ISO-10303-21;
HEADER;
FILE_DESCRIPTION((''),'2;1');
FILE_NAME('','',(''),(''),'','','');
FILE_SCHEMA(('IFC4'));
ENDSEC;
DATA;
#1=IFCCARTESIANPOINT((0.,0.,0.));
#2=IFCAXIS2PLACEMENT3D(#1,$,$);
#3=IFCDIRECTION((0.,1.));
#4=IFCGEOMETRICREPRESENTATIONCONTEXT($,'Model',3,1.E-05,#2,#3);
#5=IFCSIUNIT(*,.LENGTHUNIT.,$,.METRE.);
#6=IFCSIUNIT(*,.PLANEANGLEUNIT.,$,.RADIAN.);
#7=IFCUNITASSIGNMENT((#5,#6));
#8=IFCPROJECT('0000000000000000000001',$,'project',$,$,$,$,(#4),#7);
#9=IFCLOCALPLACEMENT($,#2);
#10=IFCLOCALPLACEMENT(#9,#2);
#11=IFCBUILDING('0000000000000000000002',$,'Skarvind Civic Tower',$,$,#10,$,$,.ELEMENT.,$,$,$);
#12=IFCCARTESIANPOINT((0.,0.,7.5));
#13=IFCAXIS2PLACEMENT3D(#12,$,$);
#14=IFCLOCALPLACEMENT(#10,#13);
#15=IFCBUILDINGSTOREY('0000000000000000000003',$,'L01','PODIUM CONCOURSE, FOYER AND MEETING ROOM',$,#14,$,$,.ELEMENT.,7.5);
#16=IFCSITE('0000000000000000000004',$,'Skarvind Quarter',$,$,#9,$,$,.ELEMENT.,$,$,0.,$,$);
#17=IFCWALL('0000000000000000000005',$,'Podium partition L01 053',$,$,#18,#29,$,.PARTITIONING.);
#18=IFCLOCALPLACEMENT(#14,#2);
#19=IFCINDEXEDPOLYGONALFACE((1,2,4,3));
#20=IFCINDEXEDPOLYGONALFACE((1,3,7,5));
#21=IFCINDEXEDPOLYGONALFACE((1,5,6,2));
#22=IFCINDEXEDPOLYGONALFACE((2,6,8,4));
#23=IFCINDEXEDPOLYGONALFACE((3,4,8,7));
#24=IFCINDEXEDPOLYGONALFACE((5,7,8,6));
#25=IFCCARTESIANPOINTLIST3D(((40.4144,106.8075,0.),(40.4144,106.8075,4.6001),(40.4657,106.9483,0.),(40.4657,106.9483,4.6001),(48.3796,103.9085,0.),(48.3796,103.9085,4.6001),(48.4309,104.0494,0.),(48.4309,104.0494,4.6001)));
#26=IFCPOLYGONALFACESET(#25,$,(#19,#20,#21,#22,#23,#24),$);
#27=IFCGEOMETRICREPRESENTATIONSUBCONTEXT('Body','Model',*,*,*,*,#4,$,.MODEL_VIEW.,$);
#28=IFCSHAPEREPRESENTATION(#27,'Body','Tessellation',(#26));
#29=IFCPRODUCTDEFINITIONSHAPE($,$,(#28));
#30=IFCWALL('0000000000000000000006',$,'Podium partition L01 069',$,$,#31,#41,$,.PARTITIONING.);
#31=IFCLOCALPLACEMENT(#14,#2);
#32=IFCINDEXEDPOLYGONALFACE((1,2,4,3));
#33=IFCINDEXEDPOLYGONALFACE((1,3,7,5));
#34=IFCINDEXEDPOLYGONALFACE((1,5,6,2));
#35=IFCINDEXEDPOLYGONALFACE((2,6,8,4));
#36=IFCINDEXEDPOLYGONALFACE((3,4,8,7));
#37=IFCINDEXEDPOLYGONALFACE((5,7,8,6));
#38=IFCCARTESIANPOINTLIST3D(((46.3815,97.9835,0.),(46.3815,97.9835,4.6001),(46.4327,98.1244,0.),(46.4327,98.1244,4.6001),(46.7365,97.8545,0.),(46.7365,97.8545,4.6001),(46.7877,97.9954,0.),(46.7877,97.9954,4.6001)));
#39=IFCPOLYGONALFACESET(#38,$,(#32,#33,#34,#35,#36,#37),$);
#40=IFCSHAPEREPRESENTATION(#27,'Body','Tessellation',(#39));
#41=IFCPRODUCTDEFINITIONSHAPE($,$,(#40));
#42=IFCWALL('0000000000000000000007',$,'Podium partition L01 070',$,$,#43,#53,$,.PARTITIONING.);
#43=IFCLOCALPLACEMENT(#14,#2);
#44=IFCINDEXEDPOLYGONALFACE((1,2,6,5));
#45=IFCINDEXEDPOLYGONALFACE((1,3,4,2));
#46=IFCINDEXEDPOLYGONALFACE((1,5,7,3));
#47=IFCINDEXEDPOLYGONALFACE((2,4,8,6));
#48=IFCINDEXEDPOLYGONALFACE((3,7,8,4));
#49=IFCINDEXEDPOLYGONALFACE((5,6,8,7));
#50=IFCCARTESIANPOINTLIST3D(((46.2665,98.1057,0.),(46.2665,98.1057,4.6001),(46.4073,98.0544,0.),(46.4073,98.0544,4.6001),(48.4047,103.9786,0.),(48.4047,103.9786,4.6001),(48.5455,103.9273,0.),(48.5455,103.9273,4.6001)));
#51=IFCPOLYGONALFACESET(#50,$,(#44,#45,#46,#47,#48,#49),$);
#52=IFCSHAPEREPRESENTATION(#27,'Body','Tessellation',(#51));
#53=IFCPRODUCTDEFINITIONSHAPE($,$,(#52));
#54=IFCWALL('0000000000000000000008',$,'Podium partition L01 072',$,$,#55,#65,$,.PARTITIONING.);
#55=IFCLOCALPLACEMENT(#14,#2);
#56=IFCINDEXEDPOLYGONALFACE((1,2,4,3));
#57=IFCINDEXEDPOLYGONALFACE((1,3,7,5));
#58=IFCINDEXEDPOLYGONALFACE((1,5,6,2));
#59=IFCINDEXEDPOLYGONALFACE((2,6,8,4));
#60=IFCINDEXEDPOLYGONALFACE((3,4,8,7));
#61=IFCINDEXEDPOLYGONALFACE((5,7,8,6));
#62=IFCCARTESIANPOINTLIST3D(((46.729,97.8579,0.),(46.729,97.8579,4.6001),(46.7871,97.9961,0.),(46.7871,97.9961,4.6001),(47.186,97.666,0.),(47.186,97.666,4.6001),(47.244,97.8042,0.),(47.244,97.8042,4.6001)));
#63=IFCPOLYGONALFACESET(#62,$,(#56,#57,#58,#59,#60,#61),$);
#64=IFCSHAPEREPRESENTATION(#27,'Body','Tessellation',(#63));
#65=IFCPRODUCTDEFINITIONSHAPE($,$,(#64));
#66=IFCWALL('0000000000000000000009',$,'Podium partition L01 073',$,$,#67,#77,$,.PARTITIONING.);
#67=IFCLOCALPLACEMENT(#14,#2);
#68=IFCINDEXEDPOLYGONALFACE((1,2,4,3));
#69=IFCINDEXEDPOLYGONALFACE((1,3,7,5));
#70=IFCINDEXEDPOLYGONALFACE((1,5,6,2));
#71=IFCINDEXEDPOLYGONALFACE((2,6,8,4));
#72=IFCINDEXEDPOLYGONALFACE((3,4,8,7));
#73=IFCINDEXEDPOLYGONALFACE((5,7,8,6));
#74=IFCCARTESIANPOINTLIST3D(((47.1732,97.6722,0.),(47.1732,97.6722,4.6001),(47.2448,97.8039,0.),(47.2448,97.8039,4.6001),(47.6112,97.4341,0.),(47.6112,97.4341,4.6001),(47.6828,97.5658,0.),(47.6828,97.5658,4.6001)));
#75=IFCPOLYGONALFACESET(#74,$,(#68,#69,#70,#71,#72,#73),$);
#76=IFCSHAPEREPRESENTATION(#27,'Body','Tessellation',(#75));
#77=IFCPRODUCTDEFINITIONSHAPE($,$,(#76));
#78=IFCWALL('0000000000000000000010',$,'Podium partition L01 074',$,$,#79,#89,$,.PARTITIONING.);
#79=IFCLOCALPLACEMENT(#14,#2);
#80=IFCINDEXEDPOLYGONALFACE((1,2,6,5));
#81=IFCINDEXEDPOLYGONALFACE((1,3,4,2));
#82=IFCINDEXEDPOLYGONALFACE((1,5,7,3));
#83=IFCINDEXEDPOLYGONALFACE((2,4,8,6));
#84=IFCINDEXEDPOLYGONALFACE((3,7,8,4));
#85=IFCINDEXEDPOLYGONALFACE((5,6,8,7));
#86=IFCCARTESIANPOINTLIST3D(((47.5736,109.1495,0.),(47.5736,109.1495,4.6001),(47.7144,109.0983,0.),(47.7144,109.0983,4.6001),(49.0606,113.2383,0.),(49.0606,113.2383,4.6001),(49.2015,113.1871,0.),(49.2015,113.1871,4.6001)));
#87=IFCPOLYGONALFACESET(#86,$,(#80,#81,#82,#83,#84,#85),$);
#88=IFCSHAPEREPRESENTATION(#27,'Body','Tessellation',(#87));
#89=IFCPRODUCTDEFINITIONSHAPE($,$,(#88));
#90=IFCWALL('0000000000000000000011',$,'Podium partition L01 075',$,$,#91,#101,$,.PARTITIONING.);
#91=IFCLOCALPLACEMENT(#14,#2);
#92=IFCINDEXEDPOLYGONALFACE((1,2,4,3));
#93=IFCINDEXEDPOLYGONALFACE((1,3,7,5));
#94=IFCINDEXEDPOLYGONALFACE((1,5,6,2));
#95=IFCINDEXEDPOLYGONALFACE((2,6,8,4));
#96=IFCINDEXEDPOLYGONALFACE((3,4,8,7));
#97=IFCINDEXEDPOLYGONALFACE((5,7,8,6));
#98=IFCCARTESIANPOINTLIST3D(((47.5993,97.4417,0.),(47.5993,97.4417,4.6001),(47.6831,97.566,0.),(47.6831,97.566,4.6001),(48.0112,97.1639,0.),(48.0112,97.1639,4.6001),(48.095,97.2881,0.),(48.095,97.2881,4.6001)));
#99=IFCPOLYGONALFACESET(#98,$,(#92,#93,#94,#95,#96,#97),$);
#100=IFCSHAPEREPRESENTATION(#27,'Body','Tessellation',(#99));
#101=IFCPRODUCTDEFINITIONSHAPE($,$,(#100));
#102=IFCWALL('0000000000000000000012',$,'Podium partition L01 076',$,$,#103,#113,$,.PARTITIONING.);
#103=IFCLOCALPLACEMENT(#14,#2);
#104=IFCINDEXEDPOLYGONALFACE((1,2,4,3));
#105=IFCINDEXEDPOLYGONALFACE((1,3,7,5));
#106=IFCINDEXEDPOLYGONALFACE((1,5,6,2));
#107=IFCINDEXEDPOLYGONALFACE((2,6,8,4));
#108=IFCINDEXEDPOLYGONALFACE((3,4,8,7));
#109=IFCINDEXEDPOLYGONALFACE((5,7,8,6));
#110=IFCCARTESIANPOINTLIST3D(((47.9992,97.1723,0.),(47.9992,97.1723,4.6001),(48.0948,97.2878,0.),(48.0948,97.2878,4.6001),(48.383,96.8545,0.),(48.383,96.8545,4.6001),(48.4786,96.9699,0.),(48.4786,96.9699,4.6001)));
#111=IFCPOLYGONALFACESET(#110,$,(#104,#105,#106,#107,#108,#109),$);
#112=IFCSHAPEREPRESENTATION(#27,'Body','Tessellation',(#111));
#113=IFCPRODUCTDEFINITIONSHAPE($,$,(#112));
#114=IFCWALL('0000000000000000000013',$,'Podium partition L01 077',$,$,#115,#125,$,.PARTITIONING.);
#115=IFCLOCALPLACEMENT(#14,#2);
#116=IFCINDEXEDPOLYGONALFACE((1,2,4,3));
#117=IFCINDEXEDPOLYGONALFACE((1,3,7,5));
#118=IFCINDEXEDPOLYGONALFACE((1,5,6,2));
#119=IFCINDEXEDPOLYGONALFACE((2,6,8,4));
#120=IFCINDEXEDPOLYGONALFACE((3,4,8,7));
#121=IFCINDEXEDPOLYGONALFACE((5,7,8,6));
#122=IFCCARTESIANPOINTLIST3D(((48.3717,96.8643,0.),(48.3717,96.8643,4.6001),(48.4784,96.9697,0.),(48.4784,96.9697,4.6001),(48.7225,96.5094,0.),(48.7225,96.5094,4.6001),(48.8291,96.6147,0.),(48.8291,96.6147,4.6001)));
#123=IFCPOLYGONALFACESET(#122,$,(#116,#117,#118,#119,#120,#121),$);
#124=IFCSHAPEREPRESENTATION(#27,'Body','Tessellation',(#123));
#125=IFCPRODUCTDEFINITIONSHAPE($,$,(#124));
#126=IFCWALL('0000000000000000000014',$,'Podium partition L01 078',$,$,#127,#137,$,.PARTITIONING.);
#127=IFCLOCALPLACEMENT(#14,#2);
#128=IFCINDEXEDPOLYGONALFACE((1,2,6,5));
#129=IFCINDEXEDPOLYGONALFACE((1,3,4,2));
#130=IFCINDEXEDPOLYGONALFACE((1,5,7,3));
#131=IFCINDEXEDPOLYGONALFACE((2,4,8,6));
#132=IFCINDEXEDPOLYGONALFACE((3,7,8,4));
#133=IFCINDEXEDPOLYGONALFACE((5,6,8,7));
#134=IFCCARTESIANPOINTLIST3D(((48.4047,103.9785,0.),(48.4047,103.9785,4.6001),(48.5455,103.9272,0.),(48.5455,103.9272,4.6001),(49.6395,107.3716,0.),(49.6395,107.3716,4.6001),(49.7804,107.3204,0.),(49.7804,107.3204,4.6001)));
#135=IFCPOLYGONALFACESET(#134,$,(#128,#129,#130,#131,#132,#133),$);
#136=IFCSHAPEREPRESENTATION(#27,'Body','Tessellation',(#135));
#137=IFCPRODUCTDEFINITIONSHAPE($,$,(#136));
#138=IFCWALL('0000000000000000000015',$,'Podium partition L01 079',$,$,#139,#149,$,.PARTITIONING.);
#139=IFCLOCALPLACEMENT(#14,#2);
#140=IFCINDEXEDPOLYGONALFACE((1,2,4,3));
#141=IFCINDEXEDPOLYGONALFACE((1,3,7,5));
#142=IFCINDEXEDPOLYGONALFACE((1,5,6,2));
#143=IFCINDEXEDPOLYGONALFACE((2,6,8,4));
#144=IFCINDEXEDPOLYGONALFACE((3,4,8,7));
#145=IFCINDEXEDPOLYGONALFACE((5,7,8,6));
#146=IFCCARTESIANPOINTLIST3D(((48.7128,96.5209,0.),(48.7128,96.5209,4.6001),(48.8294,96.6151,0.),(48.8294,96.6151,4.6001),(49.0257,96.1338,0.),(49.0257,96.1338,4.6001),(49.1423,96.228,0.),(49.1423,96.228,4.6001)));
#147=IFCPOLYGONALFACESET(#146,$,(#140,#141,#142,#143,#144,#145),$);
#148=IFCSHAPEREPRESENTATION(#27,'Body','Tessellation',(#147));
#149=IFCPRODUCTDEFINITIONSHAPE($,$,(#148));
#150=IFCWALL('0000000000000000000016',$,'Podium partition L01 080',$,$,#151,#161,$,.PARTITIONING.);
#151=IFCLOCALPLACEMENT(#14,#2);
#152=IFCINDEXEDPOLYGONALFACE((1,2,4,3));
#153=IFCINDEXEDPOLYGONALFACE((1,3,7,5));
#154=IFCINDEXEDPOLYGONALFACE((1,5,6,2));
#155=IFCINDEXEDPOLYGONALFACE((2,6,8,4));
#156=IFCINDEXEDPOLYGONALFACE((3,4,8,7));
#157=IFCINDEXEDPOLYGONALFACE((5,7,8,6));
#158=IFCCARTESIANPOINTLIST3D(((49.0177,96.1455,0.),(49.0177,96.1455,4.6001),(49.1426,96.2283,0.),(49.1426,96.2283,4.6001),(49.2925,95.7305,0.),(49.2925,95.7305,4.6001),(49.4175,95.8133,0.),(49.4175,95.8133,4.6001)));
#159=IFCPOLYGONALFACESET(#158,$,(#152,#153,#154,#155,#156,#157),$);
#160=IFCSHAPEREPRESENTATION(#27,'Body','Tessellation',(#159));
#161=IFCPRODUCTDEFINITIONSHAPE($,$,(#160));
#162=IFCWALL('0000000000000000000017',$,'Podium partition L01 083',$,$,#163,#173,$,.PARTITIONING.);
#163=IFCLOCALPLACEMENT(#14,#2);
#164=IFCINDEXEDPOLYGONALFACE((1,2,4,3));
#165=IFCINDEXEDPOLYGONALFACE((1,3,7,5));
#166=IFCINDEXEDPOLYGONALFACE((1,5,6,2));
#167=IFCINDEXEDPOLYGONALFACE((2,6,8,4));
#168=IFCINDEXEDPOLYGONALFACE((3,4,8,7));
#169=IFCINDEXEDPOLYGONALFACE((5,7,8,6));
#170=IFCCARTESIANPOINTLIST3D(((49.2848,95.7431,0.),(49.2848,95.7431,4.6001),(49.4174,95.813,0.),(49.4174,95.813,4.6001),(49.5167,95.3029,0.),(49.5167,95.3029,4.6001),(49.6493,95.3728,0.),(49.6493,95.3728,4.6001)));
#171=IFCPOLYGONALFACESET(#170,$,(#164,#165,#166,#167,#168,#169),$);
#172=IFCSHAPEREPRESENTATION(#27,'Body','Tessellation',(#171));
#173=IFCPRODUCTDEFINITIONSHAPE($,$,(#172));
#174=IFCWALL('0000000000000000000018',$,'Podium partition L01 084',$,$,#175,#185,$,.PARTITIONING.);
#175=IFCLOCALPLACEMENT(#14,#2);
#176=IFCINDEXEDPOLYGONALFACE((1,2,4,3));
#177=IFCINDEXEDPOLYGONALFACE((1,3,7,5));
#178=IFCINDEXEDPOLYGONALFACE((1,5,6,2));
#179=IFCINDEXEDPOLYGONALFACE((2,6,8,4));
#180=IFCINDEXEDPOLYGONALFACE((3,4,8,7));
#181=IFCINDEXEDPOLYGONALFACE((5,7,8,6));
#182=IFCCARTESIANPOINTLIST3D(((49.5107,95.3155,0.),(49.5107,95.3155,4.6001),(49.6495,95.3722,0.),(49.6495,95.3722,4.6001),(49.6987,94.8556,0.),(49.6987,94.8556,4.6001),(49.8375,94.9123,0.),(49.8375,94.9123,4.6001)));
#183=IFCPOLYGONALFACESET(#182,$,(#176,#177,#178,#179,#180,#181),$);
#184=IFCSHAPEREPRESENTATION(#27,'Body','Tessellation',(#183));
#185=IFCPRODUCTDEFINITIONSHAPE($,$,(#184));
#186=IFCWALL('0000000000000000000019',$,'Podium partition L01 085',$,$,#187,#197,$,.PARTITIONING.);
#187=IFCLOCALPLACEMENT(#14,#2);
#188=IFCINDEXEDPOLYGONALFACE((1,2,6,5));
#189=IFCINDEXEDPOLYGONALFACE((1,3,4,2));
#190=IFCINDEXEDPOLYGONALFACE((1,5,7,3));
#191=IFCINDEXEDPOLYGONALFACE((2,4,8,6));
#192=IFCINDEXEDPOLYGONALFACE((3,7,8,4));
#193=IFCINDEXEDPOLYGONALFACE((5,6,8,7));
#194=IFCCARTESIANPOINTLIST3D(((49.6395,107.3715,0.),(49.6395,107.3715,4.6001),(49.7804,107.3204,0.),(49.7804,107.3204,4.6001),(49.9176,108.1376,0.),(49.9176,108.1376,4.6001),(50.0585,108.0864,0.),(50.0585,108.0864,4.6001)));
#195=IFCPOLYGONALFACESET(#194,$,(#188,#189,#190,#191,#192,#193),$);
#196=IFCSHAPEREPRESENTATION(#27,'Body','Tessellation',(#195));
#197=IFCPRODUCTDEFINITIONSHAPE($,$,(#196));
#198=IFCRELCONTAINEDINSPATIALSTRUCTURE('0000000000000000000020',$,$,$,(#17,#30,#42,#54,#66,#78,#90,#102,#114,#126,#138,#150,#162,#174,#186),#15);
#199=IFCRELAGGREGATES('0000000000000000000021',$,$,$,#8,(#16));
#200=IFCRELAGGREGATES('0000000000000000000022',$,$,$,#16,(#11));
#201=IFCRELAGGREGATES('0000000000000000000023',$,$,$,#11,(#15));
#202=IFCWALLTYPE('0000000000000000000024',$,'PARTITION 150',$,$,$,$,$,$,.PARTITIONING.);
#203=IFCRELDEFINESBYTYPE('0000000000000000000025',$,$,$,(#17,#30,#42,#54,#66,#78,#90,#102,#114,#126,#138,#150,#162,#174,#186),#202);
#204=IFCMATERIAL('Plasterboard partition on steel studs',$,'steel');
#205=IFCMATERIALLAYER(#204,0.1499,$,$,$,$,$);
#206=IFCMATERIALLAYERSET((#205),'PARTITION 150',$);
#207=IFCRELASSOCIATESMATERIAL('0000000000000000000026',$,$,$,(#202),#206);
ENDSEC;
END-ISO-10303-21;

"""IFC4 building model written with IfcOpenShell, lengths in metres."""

from ifc_helpers import new_model, si_unit, direction, frame, frame_2d, origin, place, context, subcontext, project, spatial, rectangle, extrude, material, layer, layer_set, type_object, element, save


model = new_model("IFC4")

# Units and contexts
model_context = context("Model", 3, precision=1e-05, world=origin(), true_north=direction((0.0, 1.0)))
body_context = subcontext(model_context, "Body", "Model", "MODEL_VIEW")
ifc_project = project(units=[si_unit("LENGTHUNIT", "METRE"), si_unit("PLANEANGLEUNIT", "RADIAN")], contexts=[model_context])

# Site, building, storey
site_placement = place(None, origin())
site = spatial("IfcSite", under=ifc_project, at=site_placement, Name="Skarvind Quarter", CompositionType="ELEMENT", RefElevation=0.0)
building_placement = place(site_placement, origin())
building = spatial("IfcBuilding", under=site, at=building_placement, Name="Skarvind Civic Tower", CompositionType="ELEMENT")
storey_placement = place(building_placement, frame((0.0, 0.0, 7.5)))
storey = spatial("IfcBuildingStorey", under=building, at=storey_placement, Name="L01", Description="PODIUM CONCOURSE, FOYER AND MEETING ROOM", CompositionType="ELEMENT", Elevation=7.5)

# Walls
ifc_material_1 = material(Name="Plasterboard partition on steel studs", Category="steel")
ifc_layer_1 = layer(ifc_material_1, 0.1499)
ifc_layer_set_1 = layer_set([ifc_layer_1], Name="PARTITION 150")
wall_type_1 = type_object("IfcWallType", Name="PARTITION 150", PredefinedType="PARTITIONING", material=ifc_layer_set_1)
wall_1_placement = place(storey_placement, frame((40.4399, 106.8779, 0.0), z_axis=(0.0, 0.0, 1.0), x_axis=(0.939698, -0.342007, 0.0)))
element("IfcWall", 1, at=wall_1_placement, inside=storey, type_object=wall_type_1, Name="Podium partition L01 053", PredefinedType="PARTITIONING", context=body_context, shape_type="SweptSolid", body=[
    extrude(rectangle(XDim=8.4763, YDim=0.1499, at=frame_2d((4.2383, 0.0))), origin(), (0.0, 0.0, 1.0), 4.6001),
])
wall_2_placement = place(storey_placement, frame((46.407, 98.054, 0.0), z_axis=(0.0, 0.0, 1.0), x_axis=(0.939944, -0.341328, 0.0)))
element("IfcWall", 2, at=wall_2_placement, inside=storey, type_object=wall_type_1, Name="Podium partition L01 069", PredefinedType="PARTITIONING", context=body_context, shape_type="SweptSolid", body=[
    extrude(rectangle(XDim=0.3777, YDim=0.1499, at=frame_2d((0.189, 0.0))), origin(), (0.0, 0.0, 1.0), 4.6001),
])
wall_3_placement = place(storey_placement, frame((46.3369, 98.0801, 0.0), z_axis=(0.0, 0.0, 1.0), x_axis=(0.342113, 0.939659, 0.0)))
element("IfcWall", 3, at=wall_3_placement, inside=storey, type_object=wall_type_1, Name="Podium partition L01 070", PredefinedType="PARTITIONING", context=body_context, shape_type="SweptSolid", body=[
    extrude(rectangle(XDim=6.25, YDim=0.1499, at=frame_2d((3.125, 0.0))), origin(), (0.0, 0.0, 1.0), 4.6001),
])
wall_4_placement = place(storey_placement, frame((46.7581, 97.927, 0.0), z_axis=(0.0, 0.0, 1.0), x_axis=(0.922024, -0.387132, 0.0)))
element("IfcWall", 4, at=wall_4_placement, inside=storey, type_object=wall_type_1, Name="Podium partition L01 072", PredefinedType="PARTITIONING", context=body_context, shape_type="SweptSolid", body=[
    extrude(rectangle(XDim=0.4956, YDim=0.1499, at=frame_2d((0.2478, 0.0))), origin(), (0.0, 0.0, 1.0), 4.6001),
])
wall_5_placement = place(storey_placement, frame((47.209, 97.738, 0.0), z_axis=(0.0, 0.0, 1.0), x_axis=(0.878625, -0.477513, 0.0)))
element("IfcWall", 5, at=wall_5_placement, inside=storey, type_object=wall_type_1, Name="Podium partition L01 073", PredefinedType="PARTITIONING", context=body_context, shape_type="SweptSolid", body=[
    extrude(rectangle(XDim=0.4985, YDim=0.1499, at=frame_2d((0.2493, 0.0))), origin(), (0.0, 0.0, 1.0), 4.6001),
])
wall_6_placement = place(storey_placement, frame((47.644, 109.124, 0.0), z_axis=(0.0, 0.0, 1.0), x_axis=(0.341784, 0.939779, 0.0)))
element("IfcWall", 6, at=wall_6_placement, inside=storey, type_object=wall_type_1, Name="Podium partition L01 074", PredefinedType="PARTITIONING", context=body_context, shape_type="SweptSolid", body=[
    extrude(rectangle(XDim=4.3508, YDim=0.1499, at=frame_2d((2.1753, 0.0))), origin(), (0.0, 0.0, 1.0), 4.6001),
])
wall_7_placement = place(storey_placement, frame((47.6411, 97.5039, 0.0), z_axis=(0.0, 0.0, 1.0), x_axis=(0.829014, -0.559228, 0.0)))
element("IfcWall", 7, at=wall_7_placement, inside=storey, type_object=wall_type_1, Name="Podium partition L01 075", PredefinedType="PARTITIONING", context=body_context, shape_type="SweptSolid", body=[
    extrude(rectangle(XDim=0.4968, YDim=0.1499, at=frame_2d((0.2485, 0.0))), origin(), (0.0, 0.0, 1.0), 4.6001),
])
wall_8_placement = place(storey_placement, frame((48.0471, 97.23, 0.0), z_axis=(0.0, 0.0, 1.0), x_axis=(0.770145, -0.637868, 0.0)))
element("IfcWall", 8, at=wall_8_placement, inside=storey, type_object=wall_type_1, Name="Podium partition L01 076", PredefinedType="PARTITIONING", context=body_context, shape_type="SweptSolid", body=[
    extrude(rectangle(XDim=0.4983, YDim=0.1499, at=frame_2d((0.249, 0.0))), origin(), (0.0, 0.0, 1.0), 4.6001),
])
wall_9_placement = place(storey_placement, frame((48.425, 96.917, 0.0), z_axis=(0.0, 0.0, 1.0), x_axis=(0.702937, -0.711252, 0.0)))
element("IfcWall", 9, at=wall_9_placement, inside=storey, type_object=wall_type_1, Name="Podium partition L01 077", PredefinedType="PARTITIONING", context=body_context, shape_type="SweptSolid", body=[
    extrude(rectangle(XDim=0.499, YDim=0.1499, at=frame_2d((0.2495, 0.0))), origin(), (0.0, 0.0, 1.0), 4.6001),
])
wall_10_placement = place(storey_placement, frame((48.4751, 103.9529, 0.0), z_axis=(0.0, 0.0, 1.0), x_axis=(0.341993, 0.939703, 0.0)))
element("IfcWall", 10, at=wall_10_placement, inside=storey, type_object=wall_type_1, Name="Podium partition L01 078", PredefinedType="PARTITIONING", context=body_context, shape_type="SweptSolid", body=[
    extrude(rectangle(XDim=3.6108, YDim=0.1499, at=frame_2d((1.8054, 0.0))), origin(), (0.0, 0.0, 1.0), 4.6001),
])
for number, where, z_axis, x_axis, name in (
    (11, (48.771, 96.5681, 0.0), (0.0, 0.0, 1.0), (0.628634, -0.777701, 0.0), "Podium partition L01 079"),
    (12, (49.0801, 96.187, 0.0), (0.0, 0.0, 1.0), (0.552208, -0.833706, 0.0), "Podium partition L01 080"),
):
    element("IfcWall", number, at=place(storey_placement, frame(where, z_axis=z_axis, x_axis=x_axis)), inside=storey, type_object=wall_type_1, Name=name, PredefinedType="PARTITIONING", context=body_context, shape_type="SweptSolid", body=[
        extrude(rectangle(XDim=0.4978, YDim=0.1499, at=frame_2d((0.249, 0.0))), origin(), (0.0, 0.0, 1.0), 4.6001),
    ])
wall_11_placement = place(storey_placement, frame((49.3511, 95.7781, 0.0), z_axis=(0.0, 0.0, 1.0), x_axis=(0.466151, -0.884705, 0.0)))
element("IfcWall", 13, at=wall_11_placement, inside=storey, type_object=wall_type_1, Name="Podium partition L01 083", PredefinedType="PARTITIONING", context=body_context, shape_type="SweptSolid", body=[
    extrude(rectangle(XDim=0.4976, YDim=0.1499, at=frame_2d((0.2488, 0.0))), origin(), (0.0, 0.0, 1.0), 4.6001),
])
wall_12_placement = place(storey_placement, frame((49.5801, 95.344, 0.0), z_axis=(0.0, 0.0, 1.0), x_axis=(0.378327, -0.925672, 0.0)))
element("IfcWall", 14, at=wall_12_placement, inside=storey, type_object=wall_type_1, Name="Podium partition L01 084", PredefinedType="PARTITIONING", context=body_context, shape_type="SweptSolid", body=[
    extrude(rectangle(XDim=0.4968, YDim=0.1499, at=frame_2d((0.2485, 0.0))), origin(), (0.0, 0.0, 1.0), 4.6001),
])
wall_13_placement = place(storey_placement, frame((49.71, 107.3459, 0.0), z_axis=(0.0, 0.0, 1.0), x_axis=(0.34119, 0.939994, 0.0)))
element("IfcWall", 15, at=wall_13_placement, inside=storey, type_object=wall_type_1, Name="Podium partition L01 085", PredefinedType="PARTITIONING", context=body_context, shape_type="SweptSolid", body=[
    extrude(rectangle(XDim=0.8149, YDim=0.1499, at=frame_2d((0.4075, 0.0))), origin(), (0.0, 0.0, 1.0), 4.6001),
])

save(model, "model.ifc")
